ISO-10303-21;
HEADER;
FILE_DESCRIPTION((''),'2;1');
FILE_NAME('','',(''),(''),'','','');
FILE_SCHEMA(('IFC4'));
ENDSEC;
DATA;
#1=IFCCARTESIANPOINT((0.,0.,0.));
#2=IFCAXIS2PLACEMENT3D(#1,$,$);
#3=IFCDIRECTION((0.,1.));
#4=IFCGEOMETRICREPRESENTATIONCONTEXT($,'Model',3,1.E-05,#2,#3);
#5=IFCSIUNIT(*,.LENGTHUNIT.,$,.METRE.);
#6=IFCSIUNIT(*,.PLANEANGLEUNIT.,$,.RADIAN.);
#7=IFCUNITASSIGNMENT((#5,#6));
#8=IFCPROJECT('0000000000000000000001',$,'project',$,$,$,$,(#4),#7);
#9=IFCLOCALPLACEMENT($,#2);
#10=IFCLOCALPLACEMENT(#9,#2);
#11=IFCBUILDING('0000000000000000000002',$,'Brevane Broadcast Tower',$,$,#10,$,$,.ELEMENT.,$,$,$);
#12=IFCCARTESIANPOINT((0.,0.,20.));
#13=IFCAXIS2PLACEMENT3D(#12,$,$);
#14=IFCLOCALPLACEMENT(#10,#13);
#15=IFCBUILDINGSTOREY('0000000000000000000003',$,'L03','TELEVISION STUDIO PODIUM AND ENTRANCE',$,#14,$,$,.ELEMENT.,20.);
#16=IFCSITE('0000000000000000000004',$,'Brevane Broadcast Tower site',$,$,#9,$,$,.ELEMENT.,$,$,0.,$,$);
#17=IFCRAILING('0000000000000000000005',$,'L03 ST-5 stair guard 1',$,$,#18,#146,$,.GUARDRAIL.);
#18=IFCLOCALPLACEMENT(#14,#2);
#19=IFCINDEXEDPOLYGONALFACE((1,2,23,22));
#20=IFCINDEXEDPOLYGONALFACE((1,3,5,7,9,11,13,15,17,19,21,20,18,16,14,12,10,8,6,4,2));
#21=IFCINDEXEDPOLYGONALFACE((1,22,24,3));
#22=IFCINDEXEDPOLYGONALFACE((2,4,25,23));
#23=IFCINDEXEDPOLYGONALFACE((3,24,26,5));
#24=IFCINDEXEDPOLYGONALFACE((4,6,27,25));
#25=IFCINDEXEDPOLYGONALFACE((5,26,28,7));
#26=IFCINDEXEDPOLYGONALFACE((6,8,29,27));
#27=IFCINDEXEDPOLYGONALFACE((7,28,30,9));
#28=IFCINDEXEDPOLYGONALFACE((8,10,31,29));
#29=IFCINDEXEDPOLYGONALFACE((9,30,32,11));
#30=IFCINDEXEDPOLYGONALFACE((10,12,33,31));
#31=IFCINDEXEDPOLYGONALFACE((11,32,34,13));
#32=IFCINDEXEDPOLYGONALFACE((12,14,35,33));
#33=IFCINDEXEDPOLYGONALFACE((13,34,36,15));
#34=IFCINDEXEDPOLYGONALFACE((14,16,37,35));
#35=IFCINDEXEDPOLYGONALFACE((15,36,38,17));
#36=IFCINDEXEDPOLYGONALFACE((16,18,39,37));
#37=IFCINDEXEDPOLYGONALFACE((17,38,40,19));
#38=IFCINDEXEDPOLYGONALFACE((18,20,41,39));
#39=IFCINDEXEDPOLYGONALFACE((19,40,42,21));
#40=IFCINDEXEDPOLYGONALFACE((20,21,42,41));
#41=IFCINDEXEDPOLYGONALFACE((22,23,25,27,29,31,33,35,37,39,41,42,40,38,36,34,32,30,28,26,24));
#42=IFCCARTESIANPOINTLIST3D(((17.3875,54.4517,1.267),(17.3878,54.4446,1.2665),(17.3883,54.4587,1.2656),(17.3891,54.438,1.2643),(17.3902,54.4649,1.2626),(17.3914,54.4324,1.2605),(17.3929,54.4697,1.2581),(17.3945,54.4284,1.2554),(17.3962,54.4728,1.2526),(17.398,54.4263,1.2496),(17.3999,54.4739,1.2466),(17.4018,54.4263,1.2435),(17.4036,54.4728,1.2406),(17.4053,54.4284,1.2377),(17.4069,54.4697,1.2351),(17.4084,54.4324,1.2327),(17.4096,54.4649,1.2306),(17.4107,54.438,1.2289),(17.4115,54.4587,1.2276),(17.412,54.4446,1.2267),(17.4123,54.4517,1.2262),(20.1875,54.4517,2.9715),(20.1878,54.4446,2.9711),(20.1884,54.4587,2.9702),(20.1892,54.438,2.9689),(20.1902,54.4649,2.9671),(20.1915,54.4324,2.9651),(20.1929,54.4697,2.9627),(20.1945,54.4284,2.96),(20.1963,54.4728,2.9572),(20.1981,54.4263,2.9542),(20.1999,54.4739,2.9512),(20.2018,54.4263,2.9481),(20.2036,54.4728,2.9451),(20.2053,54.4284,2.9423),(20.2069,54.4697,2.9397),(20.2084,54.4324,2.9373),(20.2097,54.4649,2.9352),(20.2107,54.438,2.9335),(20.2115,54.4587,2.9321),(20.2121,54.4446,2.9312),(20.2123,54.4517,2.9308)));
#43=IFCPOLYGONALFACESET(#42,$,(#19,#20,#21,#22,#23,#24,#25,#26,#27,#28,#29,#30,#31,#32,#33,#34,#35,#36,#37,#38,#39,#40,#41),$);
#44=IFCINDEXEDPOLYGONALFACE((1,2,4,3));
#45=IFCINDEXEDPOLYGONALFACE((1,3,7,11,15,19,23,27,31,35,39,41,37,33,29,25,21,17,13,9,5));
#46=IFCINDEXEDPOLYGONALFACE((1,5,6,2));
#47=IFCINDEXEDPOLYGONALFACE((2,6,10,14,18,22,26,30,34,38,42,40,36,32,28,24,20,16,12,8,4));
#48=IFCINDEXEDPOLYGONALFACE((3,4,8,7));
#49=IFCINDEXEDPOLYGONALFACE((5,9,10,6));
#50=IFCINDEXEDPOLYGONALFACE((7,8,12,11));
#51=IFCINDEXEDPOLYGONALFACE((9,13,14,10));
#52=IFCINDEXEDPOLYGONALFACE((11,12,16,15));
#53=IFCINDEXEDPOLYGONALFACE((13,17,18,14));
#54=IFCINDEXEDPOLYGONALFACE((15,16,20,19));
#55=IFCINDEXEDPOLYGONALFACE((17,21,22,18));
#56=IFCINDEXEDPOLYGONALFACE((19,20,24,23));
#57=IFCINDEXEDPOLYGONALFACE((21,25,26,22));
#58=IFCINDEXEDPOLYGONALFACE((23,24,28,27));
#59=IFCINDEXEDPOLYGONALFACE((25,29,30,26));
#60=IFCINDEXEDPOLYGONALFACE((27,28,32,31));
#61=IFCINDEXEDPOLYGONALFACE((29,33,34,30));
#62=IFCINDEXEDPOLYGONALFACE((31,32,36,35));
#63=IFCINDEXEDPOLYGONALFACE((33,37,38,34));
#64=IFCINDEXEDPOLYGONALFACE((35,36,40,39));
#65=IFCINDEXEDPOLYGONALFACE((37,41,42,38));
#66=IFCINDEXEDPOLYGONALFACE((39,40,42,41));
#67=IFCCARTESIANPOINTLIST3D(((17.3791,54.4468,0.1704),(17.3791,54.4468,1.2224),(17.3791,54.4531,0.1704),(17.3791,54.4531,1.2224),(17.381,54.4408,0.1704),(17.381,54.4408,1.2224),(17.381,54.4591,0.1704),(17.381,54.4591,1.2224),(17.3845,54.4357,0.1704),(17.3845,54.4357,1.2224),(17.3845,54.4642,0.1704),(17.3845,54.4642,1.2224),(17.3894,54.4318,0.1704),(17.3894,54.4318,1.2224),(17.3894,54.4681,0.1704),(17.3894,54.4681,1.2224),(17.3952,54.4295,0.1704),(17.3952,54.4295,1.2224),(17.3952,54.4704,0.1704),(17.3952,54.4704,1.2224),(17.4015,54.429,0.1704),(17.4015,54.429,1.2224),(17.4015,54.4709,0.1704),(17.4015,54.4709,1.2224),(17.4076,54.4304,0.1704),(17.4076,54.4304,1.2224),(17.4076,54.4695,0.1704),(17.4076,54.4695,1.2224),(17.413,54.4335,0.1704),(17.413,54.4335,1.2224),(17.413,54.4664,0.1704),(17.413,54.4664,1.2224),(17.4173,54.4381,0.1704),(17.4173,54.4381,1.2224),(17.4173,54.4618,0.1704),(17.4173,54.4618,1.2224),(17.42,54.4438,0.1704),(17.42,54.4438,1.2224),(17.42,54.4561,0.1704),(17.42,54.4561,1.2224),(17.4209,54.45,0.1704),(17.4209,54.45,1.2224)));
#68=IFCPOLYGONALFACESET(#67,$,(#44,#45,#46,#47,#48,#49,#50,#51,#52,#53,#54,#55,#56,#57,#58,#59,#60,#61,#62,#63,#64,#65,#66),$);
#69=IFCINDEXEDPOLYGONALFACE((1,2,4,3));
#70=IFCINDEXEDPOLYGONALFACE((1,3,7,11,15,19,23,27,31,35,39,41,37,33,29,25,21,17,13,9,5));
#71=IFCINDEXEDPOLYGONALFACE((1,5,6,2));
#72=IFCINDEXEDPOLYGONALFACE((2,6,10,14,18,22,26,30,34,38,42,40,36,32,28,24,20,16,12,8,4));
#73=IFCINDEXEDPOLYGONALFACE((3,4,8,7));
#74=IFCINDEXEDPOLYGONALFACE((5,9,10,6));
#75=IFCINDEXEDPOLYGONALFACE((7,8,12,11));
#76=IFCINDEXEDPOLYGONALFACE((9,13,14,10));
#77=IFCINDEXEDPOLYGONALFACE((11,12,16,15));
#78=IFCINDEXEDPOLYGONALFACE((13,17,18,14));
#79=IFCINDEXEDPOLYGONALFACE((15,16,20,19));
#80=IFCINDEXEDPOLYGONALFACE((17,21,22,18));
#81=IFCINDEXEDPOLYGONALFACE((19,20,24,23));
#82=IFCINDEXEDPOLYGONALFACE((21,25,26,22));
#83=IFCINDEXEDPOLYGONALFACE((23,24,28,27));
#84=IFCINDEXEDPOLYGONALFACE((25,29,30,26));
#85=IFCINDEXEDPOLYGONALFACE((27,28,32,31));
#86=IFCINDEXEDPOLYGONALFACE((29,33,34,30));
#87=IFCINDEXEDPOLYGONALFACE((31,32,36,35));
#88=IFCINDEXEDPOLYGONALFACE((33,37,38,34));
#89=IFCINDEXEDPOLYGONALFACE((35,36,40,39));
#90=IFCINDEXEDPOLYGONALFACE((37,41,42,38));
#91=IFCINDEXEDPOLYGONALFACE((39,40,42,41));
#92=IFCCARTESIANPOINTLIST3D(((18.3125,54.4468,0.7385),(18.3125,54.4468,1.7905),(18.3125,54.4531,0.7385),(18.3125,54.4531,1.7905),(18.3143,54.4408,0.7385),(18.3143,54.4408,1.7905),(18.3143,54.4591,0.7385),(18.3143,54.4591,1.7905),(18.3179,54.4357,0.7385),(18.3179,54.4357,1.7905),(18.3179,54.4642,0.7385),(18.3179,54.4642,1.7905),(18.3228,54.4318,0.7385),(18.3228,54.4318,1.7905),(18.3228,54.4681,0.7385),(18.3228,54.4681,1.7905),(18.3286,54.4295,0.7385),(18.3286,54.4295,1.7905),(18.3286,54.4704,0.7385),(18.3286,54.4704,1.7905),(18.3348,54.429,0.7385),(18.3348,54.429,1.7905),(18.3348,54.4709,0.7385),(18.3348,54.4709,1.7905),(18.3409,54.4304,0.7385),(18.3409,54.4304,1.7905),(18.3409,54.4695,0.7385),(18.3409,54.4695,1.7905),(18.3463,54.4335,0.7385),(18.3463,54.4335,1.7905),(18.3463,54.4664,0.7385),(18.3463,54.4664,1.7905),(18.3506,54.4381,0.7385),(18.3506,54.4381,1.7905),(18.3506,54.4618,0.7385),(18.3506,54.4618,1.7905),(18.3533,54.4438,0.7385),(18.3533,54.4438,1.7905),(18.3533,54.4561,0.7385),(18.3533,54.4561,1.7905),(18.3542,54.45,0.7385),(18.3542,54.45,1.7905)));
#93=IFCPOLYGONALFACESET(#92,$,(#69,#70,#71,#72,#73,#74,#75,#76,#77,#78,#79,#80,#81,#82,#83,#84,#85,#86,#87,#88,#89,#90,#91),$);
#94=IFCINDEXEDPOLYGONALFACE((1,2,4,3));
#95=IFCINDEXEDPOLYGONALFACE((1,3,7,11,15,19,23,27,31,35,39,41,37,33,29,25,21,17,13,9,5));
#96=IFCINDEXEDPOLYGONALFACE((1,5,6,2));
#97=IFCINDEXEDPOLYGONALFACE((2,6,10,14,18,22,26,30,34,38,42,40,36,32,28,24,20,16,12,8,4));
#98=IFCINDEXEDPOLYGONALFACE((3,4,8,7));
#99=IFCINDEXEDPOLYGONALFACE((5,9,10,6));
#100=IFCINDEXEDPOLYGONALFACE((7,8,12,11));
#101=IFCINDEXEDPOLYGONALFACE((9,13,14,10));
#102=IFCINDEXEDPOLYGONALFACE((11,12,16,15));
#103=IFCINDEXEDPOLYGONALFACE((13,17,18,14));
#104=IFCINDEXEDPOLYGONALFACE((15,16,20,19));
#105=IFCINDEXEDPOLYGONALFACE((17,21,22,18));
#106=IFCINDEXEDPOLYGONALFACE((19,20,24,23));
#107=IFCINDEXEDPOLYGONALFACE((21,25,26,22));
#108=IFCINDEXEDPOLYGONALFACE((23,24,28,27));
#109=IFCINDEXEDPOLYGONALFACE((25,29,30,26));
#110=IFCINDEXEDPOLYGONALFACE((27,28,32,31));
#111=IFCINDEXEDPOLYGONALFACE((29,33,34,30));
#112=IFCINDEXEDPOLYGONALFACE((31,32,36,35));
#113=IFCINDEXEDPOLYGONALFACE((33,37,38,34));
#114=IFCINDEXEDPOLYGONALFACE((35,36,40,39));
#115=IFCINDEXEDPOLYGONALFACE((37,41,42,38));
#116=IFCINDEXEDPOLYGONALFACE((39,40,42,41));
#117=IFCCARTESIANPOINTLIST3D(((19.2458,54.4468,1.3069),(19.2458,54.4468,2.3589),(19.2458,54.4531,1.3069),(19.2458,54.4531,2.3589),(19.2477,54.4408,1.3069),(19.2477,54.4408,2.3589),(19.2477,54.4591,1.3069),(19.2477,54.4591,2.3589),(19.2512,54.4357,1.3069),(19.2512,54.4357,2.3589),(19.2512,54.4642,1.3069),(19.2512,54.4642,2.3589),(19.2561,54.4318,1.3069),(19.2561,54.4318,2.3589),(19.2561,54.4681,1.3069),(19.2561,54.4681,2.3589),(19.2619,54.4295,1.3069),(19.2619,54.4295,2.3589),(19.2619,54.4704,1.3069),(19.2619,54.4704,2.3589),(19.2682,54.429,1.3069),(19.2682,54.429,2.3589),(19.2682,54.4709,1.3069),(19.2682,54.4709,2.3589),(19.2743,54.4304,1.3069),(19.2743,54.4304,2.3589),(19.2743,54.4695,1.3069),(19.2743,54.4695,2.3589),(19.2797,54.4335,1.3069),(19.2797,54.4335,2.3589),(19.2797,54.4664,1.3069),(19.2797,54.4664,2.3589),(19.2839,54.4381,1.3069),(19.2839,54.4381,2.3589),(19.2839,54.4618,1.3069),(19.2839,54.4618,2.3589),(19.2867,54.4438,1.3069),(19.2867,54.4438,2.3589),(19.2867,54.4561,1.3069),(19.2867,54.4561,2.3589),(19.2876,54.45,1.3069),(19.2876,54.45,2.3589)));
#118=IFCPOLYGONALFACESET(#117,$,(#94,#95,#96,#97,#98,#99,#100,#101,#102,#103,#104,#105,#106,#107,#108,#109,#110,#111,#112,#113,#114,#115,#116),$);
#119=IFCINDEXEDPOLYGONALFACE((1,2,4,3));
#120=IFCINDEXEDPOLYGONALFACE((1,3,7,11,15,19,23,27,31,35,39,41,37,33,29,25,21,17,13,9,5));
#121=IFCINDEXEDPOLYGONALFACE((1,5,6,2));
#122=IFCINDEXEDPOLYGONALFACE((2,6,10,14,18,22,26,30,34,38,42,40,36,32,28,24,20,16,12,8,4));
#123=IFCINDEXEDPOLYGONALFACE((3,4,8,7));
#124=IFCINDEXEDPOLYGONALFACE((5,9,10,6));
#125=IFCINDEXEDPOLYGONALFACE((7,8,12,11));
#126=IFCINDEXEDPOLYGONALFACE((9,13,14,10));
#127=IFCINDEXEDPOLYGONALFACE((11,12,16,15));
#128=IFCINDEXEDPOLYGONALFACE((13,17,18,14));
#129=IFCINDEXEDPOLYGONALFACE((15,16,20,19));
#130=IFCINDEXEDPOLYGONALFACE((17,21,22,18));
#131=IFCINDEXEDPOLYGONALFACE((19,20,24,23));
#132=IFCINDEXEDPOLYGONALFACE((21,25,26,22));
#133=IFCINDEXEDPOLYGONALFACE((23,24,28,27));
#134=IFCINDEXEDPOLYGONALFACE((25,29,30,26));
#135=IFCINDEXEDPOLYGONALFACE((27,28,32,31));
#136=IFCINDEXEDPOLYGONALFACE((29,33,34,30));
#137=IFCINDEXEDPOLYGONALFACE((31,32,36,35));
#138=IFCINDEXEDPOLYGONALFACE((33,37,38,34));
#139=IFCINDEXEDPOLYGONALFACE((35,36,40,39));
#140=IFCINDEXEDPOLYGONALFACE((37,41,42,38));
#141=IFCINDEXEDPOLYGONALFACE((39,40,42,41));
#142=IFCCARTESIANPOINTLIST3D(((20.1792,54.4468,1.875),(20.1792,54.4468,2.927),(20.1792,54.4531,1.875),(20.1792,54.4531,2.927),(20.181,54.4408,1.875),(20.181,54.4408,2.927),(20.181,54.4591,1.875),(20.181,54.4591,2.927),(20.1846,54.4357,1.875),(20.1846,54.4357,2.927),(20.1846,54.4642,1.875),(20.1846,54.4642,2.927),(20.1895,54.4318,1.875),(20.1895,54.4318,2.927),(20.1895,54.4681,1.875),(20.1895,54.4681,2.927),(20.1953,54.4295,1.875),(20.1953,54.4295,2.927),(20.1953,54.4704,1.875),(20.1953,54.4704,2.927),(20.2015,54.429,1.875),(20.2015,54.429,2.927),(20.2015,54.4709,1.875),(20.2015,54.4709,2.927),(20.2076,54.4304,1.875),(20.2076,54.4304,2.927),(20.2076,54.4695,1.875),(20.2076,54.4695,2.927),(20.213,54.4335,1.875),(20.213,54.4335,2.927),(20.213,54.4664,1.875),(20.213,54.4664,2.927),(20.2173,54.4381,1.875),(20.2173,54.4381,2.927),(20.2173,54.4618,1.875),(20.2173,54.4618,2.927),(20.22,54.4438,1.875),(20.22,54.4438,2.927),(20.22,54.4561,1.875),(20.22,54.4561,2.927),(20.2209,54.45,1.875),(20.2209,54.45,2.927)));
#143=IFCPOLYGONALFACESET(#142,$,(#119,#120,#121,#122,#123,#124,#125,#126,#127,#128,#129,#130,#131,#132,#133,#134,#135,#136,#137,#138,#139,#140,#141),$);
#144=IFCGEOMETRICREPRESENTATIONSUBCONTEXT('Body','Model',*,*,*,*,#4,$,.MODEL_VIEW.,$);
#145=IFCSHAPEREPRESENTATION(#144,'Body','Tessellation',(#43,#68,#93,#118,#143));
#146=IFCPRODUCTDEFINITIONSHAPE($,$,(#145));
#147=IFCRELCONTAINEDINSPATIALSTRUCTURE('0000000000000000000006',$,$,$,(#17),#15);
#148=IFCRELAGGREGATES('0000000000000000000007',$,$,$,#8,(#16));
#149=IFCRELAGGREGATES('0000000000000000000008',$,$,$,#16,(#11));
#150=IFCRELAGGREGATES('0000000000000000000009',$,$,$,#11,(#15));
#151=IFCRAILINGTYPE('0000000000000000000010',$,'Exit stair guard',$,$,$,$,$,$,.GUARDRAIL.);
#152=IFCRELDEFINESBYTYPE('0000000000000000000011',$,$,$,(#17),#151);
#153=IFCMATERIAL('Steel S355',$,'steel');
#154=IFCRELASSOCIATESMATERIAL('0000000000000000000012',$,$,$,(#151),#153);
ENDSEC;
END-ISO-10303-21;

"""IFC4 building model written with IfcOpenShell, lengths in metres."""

from ifc_helpers import new_model, si_unit, direction, frame, origin, origin_2d, place, context, subcontext, project, spatial, circle, extrude, material, type_object, element, save


model = new_model("IFC4")

# Units and contexts
model_context = context("Model", 3, precision=1e-05, world=origin(), true_north=direction((0.0, 1.0)))
body_context = subcontext(model_context, "Body", "Model", "MODEL_VIEW")
ifc_project = project(units=[si_unit("LENGTHUNIT", "METRE"), si_unit("PLANEANGLEUNIT", "RADIAN")], contexts=[model_context])

# Site, building, storey
site_placement = place(None, origin())
site = spatial("IfcSite", under=ifc_project, at=site_placement, Name="Brevane Broadcast Tower site", CompositionType="ELEMENT", RefElevation=0.0)
building_placement = place(site_placement, origin())
building = spatial("IfcBuilding", under=site, at=building_placement, Name="Brevane Broadcast Tower", CompositionType="ELEMENT")
storey_placement = place(building_placement, frame((0.0, 0.0, 20.0)))
storey = spatial("IfcBuildingStorey", under=building, at=storey_placement, Name="L03", Description="TELEVISION STUDIO PODIUM AND ENTRANCE", CompositionType="ELEMENT", Elevation=20.0)

# Railing
ifc_material_1 = material(Name="Steel S355", Category="steel")
railing_type_1 = type_object("IfcRailingType", Name="Exit stair guard", PredefinedType="GUARDRAIL", material=ifc_material_1)
railing_1_placement = place(storey_placement, frame((17.3999, 54.45, 0.1704)))
element("IfcRailing", 1, at=railing_1_placement, inside=storey, type_object=railing_type_1, Name="L03 ST-5 stair guard 1", PredefinedType="GUARDRAIL", context=body_context, shape_type="SweptSolid", body=[
    extrude(circle(Radius=0.0239, at=origin_2d()), frame((0.0, 0.0, 1.0762), z_axis=(0.85417, 0.0, 0.519994), x_axis=(0.0, 1.0, 0.0)), (0.0, 0.0, 1.0), 3.2781),
    extrude(circle(Radius=0.021, at=origin_2d()), origin(), (0.0, 0.0, 1.0), 1.052),
    extrude(circle(Radius=0.021, at=origin_2d()), frame((0.9333, 0.0, 0.5681)), (0.0, 0.0, 1.0), 1.052),
    extrude(circle(Radius=0.021, at=origin_2d()), frame((1.8667, 0.0, 1.1365)), (0.0, 0.0, 1.0), 1.052),
    extrude(circle(Radius=0.021, at=origin_2d()), frame((2.8, 0.0, 1.7046)), (0.0, 0.0, 1.0), 1.052),
])

save(model, "model.ifc")
